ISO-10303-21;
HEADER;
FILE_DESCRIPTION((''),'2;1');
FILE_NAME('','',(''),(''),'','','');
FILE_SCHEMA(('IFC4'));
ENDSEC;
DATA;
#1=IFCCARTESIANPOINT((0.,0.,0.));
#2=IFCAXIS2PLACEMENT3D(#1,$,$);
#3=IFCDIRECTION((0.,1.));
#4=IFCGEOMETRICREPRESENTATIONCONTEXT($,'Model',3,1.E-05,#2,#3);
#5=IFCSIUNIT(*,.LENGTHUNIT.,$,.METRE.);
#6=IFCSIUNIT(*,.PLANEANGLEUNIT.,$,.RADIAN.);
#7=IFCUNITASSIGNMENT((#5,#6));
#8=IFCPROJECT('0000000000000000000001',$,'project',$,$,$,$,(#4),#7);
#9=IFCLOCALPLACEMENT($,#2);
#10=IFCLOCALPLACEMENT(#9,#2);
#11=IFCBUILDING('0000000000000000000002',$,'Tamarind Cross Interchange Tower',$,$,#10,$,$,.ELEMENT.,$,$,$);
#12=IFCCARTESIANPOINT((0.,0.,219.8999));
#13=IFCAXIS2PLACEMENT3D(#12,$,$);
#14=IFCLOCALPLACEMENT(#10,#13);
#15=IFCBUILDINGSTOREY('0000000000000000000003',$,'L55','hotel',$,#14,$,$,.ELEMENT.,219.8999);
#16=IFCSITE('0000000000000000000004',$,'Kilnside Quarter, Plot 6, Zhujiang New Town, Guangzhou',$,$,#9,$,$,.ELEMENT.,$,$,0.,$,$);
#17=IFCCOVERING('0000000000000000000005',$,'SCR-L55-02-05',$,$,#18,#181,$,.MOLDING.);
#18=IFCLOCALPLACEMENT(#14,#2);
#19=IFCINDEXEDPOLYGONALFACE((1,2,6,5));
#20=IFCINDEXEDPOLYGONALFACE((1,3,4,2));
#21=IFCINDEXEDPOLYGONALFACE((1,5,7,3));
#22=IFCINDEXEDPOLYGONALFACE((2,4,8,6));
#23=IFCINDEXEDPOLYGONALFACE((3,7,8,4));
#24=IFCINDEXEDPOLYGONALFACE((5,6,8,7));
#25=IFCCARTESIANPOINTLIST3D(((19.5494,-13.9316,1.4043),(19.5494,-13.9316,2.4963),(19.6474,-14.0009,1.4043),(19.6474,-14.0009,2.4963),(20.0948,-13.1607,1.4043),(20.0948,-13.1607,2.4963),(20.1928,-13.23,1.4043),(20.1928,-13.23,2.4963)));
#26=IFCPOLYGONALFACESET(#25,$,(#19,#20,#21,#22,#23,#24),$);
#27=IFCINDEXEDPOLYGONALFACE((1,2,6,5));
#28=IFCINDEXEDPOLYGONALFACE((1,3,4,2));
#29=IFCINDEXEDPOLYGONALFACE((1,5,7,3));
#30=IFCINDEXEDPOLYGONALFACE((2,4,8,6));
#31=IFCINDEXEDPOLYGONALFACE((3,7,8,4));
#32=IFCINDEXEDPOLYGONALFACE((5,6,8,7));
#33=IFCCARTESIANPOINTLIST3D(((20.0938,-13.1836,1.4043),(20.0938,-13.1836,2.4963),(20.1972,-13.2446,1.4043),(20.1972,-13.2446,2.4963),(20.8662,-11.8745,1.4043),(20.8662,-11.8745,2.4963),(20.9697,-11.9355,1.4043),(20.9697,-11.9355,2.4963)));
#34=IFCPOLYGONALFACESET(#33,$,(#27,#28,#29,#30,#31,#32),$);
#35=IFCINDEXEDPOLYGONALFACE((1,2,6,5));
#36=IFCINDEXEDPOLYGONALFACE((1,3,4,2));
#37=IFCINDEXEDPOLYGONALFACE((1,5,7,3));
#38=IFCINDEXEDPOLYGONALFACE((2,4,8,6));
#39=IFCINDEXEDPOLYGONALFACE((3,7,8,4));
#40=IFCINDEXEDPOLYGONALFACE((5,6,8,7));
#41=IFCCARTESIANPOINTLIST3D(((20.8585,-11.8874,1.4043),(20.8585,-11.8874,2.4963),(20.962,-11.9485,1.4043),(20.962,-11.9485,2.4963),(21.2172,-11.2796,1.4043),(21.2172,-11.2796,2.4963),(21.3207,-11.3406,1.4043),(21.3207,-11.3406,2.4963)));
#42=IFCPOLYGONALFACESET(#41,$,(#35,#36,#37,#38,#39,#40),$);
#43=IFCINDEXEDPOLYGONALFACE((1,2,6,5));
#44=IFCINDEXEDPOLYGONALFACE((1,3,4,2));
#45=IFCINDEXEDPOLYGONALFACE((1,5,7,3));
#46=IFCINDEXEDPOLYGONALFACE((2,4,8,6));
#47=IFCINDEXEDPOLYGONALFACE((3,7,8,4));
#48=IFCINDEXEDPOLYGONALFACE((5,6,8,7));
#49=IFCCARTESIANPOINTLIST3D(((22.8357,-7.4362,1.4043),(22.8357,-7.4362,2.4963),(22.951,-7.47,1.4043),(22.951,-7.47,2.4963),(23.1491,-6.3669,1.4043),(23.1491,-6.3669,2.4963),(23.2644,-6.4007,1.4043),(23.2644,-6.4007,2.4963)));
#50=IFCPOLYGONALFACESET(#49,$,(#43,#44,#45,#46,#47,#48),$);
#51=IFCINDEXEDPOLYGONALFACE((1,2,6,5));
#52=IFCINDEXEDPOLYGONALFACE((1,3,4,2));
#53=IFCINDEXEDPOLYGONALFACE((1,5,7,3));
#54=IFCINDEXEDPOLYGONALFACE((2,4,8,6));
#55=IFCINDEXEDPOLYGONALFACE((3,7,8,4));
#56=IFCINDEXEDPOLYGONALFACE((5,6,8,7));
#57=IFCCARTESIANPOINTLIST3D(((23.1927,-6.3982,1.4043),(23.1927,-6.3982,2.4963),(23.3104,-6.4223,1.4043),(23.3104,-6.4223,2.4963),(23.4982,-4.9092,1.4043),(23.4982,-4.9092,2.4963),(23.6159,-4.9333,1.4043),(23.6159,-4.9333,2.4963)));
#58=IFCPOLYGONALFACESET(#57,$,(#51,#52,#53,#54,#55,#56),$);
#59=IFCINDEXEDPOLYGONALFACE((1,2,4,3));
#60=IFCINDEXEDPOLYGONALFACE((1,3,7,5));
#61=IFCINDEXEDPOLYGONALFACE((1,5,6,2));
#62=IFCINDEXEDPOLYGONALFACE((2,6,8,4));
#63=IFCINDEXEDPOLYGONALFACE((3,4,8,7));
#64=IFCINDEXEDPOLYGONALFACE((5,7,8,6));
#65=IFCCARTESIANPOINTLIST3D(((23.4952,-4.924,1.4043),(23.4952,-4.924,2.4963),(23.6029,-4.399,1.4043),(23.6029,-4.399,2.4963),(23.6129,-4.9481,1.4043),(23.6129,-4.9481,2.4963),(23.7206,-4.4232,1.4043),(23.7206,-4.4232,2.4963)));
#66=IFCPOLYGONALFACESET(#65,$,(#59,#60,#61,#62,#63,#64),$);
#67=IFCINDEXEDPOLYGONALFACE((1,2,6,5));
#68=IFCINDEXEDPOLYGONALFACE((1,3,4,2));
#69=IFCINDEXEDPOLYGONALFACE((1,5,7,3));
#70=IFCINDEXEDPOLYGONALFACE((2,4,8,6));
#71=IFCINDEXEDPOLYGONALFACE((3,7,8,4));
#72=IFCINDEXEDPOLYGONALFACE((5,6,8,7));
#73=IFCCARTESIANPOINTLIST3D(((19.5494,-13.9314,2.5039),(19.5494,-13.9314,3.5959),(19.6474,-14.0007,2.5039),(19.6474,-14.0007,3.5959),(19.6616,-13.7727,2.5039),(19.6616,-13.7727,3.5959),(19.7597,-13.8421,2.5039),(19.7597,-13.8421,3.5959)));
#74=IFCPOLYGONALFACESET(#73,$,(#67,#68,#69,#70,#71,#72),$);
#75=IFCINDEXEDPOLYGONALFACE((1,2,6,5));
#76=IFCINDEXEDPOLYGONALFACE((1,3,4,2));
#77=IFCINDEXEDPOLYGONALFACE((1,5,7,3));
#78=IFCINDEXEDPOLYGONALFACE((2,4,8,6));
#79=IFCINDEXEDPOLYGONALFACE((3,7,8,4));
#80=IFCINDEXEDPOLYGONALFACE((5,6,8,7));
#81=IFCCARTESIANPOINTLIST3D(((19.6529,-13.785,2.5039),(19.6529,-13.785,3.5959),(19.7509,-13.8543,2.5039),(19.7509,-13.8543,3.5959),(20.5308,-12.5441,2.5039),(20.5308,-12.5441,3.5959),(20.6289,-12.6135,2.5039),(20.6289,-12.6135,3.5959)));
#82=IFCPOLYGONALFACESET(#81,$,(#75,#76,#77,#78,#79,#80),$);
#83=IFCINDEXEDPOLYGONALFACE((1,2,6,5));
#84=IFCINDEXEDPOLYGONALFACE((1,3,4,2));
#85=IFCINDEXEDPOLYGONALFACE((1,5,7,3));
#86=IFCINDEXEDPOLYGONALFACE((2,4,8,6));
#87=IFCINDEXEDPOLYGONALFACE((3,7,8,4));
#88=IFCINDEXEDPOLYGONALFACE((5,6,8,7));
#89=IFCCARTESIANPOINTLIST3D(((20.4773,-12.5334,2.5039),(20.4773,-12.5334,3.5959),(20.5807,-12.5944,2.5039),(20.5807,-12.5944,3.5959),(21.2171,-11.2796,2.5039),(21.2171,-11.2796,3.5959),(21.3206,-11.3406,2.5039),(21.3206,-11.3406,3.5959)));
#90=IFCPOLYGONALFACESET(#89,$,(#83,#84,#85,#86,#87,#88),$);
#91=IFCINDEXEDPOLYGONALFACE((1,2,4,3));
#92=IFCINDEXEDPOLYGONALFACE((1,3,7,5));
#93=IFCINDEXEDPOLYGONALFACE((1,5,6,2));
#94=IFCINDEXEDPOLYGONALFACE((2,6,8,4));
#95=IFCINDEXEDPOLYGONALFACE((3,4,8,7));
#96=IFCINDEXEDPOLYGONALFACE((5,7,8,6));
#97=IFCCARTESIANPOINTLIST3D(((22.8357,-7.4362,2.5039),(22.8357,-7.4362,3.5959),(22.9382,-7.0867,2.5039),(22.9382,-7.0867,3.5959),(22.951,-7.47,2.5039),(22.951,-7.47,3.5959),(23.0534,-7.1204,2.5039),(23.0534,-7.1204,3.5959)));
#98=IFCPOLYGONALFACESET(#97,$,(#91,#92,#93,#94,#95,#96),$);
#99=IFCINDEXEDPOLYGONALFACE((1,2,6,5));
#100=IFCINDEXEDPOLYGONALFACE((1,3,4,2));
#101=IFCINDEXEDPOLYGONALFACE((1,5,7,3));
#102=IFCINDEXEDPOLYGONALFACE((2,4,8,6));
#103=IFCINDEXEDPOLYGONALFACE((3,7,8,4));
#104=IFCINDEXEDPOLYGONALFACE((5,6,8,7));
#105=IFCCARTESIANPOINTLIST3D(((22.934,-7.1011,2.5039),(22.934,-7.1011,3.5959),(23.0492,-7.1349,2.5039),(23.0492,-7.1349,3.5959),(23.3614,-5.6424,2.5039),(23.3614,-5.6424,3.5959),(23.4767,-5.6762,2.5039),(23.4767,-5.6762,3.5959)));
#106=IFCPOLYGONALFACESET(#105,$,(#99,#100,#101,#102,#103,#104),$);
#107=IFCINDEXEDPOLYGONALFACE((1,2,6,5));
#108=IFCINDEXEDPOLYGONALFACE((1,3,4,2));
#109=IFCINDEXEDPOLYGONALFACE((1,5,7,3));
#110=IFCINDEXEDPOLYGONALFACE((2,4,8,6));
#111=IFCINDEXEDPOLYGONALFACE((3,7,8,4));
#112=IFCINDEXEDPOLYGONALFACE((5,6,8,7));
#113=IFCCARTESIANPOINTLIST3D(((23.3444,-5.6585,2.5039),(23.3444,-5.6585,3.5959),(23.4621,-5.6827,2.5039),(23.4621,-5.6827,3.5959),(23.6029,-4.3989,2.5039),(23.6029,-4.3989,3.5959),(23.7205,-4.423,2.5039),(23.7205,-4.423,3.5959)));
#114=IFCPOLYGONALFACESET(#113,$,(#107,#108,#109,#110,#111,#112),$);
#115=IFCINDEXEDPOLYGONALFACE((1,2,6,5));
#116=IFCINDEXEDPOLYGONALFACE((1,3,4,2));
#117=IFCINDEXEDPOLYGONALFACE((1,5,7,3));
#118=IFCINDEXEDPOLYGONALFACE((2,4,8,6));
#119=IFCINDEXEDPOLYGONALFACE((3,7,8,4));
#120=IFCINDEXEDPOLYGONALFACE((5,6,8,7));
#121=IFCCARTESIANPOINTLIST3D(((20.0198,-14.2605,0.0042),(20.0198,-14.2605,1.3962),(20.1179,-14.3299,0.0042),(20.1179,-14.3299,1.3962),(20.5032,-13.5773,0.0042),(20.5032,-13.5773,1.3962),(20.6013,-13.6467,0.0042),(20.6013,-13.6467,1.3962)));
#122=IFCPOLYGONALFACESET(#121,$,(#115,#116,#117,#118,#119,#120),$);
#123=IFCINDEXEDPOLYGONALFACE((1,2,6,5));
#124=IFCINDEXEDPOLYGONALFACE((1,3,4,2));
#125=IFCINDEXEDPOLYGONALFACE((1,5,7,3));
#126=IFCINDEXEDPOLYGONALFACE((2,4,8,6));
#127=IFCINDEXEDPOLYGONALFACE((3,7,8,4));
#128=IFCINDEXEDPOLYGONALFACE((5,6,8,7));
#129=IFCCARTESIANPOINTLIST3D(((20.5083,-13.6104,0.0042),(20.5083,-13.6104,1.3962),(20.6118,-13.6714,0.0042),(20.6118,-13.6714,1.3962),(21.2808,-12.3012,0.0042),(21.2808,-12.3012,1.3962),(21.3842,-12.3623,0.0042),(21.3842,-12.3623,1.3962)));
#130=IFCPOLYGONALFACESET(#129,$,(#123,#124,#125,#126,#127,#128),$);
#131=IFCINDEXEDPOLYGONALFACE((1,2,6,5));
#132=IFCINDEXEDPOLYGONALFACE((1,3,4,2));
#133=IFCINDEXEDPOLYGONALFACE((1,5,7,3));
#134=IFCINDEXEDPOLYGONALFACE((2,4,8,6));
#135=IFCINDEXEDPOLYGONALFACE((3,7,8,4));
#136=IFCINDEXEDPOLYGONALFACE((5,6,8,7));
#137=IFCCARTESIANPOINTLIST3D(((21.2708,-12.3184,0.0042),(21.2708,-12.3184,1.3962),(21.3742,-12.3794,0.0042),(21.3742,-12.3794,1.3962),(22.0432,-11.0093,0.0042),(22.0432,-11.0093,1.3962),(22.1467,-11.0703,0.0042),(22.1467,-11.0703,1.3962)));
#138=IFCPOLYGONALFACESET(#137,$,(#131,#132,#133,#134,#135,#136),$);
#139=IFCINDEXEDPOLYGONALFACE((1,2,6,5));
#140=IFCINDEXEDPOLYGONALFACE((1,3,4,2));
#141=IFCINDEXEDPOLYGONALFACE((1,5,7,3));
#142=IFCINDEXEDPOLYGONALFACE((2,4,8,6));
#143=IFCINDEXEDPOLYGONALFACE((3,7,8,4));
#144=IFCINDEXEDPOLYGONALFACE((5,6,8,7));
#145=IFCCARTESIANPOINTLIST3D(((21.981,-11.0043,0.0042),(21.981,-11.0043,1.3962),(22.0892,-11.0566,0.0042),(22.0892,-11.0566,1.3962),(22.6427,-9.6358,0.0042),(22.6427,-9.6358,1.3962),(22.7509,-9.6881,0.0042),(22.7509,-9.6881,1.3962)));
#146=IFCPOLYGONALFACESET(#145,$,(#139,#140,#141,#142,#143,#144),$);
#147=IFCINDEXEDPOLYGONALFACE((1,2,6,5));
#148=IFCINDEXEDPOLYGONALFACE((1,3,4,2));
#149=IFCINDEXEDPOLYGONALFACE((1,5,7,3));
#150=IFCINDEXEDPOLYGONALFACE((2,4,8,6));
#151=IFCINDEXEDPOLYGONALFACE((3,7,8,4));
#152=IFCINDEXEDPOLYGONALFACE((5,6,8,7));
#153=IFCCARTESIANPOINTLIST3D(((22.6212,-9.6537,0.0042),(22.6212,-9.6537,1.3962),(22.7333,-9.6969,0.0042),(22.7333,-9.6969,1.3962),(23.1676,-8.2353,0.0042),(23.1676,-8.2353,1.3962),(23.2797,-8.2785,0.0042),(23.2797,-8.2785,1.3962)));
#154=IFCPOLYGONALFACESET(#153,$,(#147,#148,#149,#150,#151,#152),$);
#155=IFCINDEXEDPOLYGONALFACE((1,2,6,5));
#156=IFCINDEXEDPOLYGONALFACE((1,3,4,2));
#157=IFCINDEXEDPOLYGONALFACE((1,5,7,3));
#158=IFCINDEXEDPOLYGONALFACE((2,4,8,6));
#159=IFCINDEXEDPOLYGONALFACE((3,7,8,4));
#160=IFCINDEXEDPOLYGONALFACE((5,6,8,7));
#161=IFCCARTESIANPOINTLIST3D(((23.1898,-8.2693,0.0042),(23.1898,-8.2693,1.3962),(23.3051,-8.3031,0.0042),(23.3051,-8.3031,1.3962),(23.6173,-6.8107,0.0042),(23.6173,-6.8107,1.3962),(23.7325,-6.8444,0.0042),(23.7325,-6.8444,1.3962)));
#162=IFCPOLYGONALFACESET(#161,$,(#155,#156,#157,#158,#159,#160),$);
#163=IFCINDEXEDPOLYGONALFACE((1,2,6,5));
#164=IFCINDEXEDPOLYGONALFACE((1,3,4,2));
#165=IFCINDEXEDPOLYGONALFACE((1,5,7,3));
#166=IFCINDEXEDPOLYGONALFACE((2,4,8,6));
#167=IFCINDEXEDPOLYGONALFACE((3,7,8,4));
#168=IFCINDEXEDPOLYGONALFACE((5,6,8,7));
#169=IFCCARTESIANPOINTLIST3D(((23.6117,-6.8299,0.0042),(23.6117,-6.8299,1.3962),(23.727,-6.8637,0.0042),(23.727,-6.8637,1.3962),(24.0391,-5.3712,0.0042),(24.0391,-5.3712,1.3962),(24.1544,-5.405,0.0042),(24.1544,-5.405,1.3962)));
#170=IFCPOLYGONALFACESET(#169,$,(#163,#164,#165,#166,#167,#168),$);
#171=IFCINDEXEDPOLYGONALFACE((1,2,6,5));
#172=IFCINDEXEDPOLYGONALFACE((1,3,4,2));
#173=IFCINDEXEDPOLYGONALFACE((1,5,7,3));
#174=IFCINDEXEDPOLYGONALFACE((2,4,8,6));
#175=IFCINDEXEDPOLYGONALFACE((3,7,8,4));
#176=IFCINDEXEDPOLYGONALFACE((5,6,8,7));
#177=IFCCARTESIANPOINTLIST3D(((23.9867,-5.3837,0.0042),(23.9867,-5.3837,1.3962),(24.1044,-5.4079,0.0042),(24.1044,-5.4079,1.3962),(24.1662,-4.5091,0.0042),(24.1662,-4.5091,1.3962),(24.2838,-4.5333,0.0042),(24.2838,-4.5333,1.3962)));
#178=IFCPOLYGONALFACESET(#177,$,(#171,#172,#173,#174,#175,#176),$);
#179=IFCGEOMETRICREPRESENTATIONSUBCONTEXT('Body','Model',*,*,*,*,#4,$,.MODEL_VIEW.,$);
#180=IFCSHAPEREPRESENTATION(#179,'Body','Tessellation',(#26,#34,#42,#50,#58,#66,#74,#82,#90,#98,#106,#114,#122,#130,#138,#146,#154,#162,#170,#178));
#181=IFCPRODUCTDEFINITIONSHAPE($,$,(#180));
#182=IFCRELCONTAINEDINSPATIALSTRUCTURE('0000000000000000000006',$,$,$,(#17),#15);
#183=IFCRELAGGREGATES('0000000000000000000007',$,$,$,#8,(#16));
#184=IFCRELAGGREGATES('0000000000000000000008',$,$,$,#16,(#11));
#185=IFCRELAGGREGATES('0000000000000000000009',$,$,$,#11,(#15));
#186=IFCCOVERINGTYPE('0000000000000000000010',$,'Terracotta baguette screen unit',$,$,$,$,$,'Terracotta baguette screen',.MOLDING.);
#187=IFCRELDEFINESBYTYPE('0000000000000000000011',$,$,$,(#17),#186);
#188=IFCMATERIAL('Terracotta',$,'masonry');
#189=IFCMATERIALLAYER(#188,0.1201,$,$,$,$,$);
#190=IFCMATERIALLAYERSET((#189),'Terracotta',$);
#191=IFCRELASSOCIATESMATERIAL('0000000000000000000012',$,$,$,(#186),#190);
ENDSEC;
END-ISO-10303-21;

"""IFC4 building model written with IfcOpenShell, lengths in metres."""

from ifc_helpers import new_model, si_unit, direction, frame, origin, origin_2d, place, context, subcontext, project, spatial, rectangle, extrude, material, layer, layer_set, type_object, element, save


model = new_model("IFC4")

# Units and contexts
model_context = context("Model", 3, precision=1e-05, world=origin(), true_north=direction((0.0, 1.0)))
body_context = subcontext(model_context, "Body", "Model", "MODEL_VIEW")
ifc_project = project(units=[si_unit("LENGTHUNIT", "METRE"), si_unit("PLANEANGLEUNIT", "RADIAN")], contexts=[model_context])

# Site, building, storey
site_placement = place(None, origin())
site = spatial("IfcSite", under=ifc_project, at=site_placement, Name="Kilnside Quarter, Plot 6, Zhujiang New Town, Guangzhou", CompositionType="ELEMENT", RefElevation=0.0)
building_placement = place(site_placement, origin())
building = spatial("IfcBuilding", under=site, at=building_placement, Name="Tamarind Cross Interchange Tower", CompositionType="ELEMENT")
storey_placement = place(building_placement, frame((0.0, 0.0, 219.8999)))
storey = spatial("IfcBuildingStorey", under=building, at=storey_placement, Name="L55", Description="hotel", CompositionType="ELEMENT", Elevation=219.8999)

# Covering
ifc_material_1 = material(Name="Terracotta", Category="masonry")
ifc_layer_1 = layer(ifc_material_1, 0.1201)
ifc_layer_set_1 = layer_set([ifc_layer_1], Name="Terracotta")
covering_type = type_object("IfcCoveringType", Name="Terracotta baguette screen unit", ElementType="Terracotta baguette screen", PredefinedType="MOLDING", material=ifc_layer_set_1)
covering_1_placement = place(storey_placement, origin())
element("IfcCovering", 1, at=covering_1_placement, inside=storey, type_object=covering_type, Name="SCR-L55-02-05", PredefinedType="MOLDING", context=body_context, shape_type="SweptSolid", body=[
    extrude(rectangle(XDim=0.9443, YDim=0.1201, at=origin_2d()), frame((19.8711, -13.5808, 1.4043), z_axis=(0.0, 0.0, 1.0), x_axis=(0.577569, 0.816342, 0.0)), (0.0, 0.0, 1.0), 1.092),
    extrude(rectangle(XDim=1.52, YDim=0.1201, at=origin_2d()), frame((20.5317, -12.5596, 1.4043), z_axis=(0.0, 0.0, 1.0), x_axis=(0.508183, 0.861249, 0.0)), (0.0, 0.0, 1.0), 1.092),
    extrude(rectangle(XDim=0.7058, YDim=0.1201, at=origin_2d()), frame((21.0896, -11.614, 1.4043), z_axis=(0.0, 0.0, 1.0), x_axis=(0.508183, 0.861249, 0.0)), (0.0, 0.0, 1.0), 1.092),
    extrude(rectangle(XDim=1.1143, YDim=0.1201, at=origin_2d()), frame((23.05, -6.9185, 1.4043), z_axis=(0.0, 0.0, 1.0), x_axis=(0.281209, 0.959647, 0.0)), (0.0, 0.0, 1.0), 1.092),
    extrude(rectangle(XDim=1.52, YDim=0.1201, at=origin_2d()), frame((23.4043, -5.6658, 1.4043), z_axis=(0.0, 0.0, 1.0), x_axis=(0.201001, 0.979591, 0.0)), (0.0, 0.0, 1.0), 1.092),
    extrude(rectangle(XDim=0.5359, YDim=0.1201, at=origin_2d()), frame((23.6079, -4.6736, 1.4043), z_axis=(0.0, 0.0, 1.0), x_axis=(0.201001, 0.979591, 0.0)), (0.0, 0.0, 1.0), 1.092),
    extrude(rectangle(XDim=0.1943, YDim=0.1201, at=origin_2d()), frame((19.6545, -13.8867, 2.5039), z_axis=(0.0, 0.0, 1.0), x_axis=(0.577569, 0.816342, 0.0)), (0.0, 0.0, 1.0), 1.092),
    extrude(rectangle(XDim=1.52, YDim=0.1201, at=origin_2d()), frame((20.1409, -13.1992, 2.5039), z_axis=(0.0, 0.0, 1.0), x_axis=(0.577569, 0.816342, 0.0)), (0.0, 0.0, 1.0), 1.092),
    extrude(rectangle(XDim=1.4558, YDim=0.1201, at=origin_2d()), frame((20.8989, -11.937, 2.5039), z_axis=(0.0, 0.0, 1.0), x_axis=(0.508183, 0.861249, 0.0)), (0.0, 0.0, 1.0), 1.092),
    extrude(rectangle(XDim=0.3643, YDim=0.1201, at=origin_2d()), frame((22.9446, -7.2783, 2.5039), z_axis=(0.0, 0.0, 1.0), x_axis=(0.281209, 0.959647, 0.0)), (0.0, 0.0, 1.0), 1.092),
    extrude(rectangle(XDim=1.52, YDim=0.1201, at=origin_2d()), frame((23.2053, -6.3887, 2.5039), z_axis=(0.0, 0.0, 1.0), x_axis=(0.281209, 0.959647, 0.0)), (0.0, 0.0, 1.0), 1.092),
    extrude(rectangle(XDim=1.2859, YDim=0.1201, at=origin_2d()), frame((23.5325, -5.0408, 2.5039), z_axis=(0.0, 0.0, 1.0), x_axis=(0.201001, 0.979591, 0.0)), (0.0, 0.0, 1.0), 1.092),
    extrude(rectangle(XDim=0.8369, YDim=0.1201, at=origin_2d()), frame((20.3105, -13.9536, 0.0042), z_axis=(0.0, 0.0, 1.0), x_axis=(0.577569, 0.816342, 0.0)), (0.0, 0.0, 1.0), 1.3921),
    extrude(rectangle(XDim=1.52, YDim=0.1201, at=origin_2d()), frame((20.9463, -12.9863, 0.0042), z_axis=(0.0, 0.0, 1.0), x_axis=(0.508183, 0.861249, 0.0)), (0.0, 0.0, 1.0), 1.3921),
    extrude(rectangle(XDim=1.52, YDim=0.1201, at=origin_2d()), frame((21.7087, -11.6943, 0.0042), z_axis=(0.0, 0.0, 1.0), x_axis=(0.508183, 0.861249, 0.0)), (0.0, 0.0, 1.0), 1.3921),
    extrude(rectangle(XDim=1.52, YDim=0.1201, at=origin_2d()), frame((22.366, -10.3462, 0.0042), z_axis=(0.0, 0.0, 1.0), x_axis=(0.435326, 0.900273, 0.0)), (0.0, 0.0, 1.0), 1.3921),
    extrude(rectangle(XDim=1.52, YDim=0.1201, at=origin_2d()), frame((22.9504, -8.9661, 0.0042), z_axis=(0.0, 0.0, 1.0), x_axis=(0.359495, 0.933147, 0.0)), (0.0, 0.0, 1.0), 1.3921),
    extrude(rectangle(XDim=1.52, YDim=0.1201, at=origin_2d()), frame((23.4612, -7.5569, 0.0042), z_axis=(0.0, 0.0, 1.0), x_axis=(0.281209, 0.959647, 0.0)), (0.0, 0.0, 1.0), 1.3921),
    extrude(rectangle(XDim=1.52, YDim=0.1201, at=origin_2d()), frame((23.8831, -6.1174, 0.0042), z_axis=(0.0, 0.0, 1.0), x_axis=(0.281209, 0.959647, 0.0)), (0.0, 0.0, 1.0), 1.3921),
    extrude(rectangle(XDim=0.8928, YDim=0.1201, at=origin_2d()), frame((24.1353, -4.9585, 0.0042), z_axis=(0.0, 0.0, 1.0), x_axis=(0.201001, 0.979591, 0.0)), (0.0, 0.0, 1.0), 1.3921),
])

save(model, "model.ifc")
